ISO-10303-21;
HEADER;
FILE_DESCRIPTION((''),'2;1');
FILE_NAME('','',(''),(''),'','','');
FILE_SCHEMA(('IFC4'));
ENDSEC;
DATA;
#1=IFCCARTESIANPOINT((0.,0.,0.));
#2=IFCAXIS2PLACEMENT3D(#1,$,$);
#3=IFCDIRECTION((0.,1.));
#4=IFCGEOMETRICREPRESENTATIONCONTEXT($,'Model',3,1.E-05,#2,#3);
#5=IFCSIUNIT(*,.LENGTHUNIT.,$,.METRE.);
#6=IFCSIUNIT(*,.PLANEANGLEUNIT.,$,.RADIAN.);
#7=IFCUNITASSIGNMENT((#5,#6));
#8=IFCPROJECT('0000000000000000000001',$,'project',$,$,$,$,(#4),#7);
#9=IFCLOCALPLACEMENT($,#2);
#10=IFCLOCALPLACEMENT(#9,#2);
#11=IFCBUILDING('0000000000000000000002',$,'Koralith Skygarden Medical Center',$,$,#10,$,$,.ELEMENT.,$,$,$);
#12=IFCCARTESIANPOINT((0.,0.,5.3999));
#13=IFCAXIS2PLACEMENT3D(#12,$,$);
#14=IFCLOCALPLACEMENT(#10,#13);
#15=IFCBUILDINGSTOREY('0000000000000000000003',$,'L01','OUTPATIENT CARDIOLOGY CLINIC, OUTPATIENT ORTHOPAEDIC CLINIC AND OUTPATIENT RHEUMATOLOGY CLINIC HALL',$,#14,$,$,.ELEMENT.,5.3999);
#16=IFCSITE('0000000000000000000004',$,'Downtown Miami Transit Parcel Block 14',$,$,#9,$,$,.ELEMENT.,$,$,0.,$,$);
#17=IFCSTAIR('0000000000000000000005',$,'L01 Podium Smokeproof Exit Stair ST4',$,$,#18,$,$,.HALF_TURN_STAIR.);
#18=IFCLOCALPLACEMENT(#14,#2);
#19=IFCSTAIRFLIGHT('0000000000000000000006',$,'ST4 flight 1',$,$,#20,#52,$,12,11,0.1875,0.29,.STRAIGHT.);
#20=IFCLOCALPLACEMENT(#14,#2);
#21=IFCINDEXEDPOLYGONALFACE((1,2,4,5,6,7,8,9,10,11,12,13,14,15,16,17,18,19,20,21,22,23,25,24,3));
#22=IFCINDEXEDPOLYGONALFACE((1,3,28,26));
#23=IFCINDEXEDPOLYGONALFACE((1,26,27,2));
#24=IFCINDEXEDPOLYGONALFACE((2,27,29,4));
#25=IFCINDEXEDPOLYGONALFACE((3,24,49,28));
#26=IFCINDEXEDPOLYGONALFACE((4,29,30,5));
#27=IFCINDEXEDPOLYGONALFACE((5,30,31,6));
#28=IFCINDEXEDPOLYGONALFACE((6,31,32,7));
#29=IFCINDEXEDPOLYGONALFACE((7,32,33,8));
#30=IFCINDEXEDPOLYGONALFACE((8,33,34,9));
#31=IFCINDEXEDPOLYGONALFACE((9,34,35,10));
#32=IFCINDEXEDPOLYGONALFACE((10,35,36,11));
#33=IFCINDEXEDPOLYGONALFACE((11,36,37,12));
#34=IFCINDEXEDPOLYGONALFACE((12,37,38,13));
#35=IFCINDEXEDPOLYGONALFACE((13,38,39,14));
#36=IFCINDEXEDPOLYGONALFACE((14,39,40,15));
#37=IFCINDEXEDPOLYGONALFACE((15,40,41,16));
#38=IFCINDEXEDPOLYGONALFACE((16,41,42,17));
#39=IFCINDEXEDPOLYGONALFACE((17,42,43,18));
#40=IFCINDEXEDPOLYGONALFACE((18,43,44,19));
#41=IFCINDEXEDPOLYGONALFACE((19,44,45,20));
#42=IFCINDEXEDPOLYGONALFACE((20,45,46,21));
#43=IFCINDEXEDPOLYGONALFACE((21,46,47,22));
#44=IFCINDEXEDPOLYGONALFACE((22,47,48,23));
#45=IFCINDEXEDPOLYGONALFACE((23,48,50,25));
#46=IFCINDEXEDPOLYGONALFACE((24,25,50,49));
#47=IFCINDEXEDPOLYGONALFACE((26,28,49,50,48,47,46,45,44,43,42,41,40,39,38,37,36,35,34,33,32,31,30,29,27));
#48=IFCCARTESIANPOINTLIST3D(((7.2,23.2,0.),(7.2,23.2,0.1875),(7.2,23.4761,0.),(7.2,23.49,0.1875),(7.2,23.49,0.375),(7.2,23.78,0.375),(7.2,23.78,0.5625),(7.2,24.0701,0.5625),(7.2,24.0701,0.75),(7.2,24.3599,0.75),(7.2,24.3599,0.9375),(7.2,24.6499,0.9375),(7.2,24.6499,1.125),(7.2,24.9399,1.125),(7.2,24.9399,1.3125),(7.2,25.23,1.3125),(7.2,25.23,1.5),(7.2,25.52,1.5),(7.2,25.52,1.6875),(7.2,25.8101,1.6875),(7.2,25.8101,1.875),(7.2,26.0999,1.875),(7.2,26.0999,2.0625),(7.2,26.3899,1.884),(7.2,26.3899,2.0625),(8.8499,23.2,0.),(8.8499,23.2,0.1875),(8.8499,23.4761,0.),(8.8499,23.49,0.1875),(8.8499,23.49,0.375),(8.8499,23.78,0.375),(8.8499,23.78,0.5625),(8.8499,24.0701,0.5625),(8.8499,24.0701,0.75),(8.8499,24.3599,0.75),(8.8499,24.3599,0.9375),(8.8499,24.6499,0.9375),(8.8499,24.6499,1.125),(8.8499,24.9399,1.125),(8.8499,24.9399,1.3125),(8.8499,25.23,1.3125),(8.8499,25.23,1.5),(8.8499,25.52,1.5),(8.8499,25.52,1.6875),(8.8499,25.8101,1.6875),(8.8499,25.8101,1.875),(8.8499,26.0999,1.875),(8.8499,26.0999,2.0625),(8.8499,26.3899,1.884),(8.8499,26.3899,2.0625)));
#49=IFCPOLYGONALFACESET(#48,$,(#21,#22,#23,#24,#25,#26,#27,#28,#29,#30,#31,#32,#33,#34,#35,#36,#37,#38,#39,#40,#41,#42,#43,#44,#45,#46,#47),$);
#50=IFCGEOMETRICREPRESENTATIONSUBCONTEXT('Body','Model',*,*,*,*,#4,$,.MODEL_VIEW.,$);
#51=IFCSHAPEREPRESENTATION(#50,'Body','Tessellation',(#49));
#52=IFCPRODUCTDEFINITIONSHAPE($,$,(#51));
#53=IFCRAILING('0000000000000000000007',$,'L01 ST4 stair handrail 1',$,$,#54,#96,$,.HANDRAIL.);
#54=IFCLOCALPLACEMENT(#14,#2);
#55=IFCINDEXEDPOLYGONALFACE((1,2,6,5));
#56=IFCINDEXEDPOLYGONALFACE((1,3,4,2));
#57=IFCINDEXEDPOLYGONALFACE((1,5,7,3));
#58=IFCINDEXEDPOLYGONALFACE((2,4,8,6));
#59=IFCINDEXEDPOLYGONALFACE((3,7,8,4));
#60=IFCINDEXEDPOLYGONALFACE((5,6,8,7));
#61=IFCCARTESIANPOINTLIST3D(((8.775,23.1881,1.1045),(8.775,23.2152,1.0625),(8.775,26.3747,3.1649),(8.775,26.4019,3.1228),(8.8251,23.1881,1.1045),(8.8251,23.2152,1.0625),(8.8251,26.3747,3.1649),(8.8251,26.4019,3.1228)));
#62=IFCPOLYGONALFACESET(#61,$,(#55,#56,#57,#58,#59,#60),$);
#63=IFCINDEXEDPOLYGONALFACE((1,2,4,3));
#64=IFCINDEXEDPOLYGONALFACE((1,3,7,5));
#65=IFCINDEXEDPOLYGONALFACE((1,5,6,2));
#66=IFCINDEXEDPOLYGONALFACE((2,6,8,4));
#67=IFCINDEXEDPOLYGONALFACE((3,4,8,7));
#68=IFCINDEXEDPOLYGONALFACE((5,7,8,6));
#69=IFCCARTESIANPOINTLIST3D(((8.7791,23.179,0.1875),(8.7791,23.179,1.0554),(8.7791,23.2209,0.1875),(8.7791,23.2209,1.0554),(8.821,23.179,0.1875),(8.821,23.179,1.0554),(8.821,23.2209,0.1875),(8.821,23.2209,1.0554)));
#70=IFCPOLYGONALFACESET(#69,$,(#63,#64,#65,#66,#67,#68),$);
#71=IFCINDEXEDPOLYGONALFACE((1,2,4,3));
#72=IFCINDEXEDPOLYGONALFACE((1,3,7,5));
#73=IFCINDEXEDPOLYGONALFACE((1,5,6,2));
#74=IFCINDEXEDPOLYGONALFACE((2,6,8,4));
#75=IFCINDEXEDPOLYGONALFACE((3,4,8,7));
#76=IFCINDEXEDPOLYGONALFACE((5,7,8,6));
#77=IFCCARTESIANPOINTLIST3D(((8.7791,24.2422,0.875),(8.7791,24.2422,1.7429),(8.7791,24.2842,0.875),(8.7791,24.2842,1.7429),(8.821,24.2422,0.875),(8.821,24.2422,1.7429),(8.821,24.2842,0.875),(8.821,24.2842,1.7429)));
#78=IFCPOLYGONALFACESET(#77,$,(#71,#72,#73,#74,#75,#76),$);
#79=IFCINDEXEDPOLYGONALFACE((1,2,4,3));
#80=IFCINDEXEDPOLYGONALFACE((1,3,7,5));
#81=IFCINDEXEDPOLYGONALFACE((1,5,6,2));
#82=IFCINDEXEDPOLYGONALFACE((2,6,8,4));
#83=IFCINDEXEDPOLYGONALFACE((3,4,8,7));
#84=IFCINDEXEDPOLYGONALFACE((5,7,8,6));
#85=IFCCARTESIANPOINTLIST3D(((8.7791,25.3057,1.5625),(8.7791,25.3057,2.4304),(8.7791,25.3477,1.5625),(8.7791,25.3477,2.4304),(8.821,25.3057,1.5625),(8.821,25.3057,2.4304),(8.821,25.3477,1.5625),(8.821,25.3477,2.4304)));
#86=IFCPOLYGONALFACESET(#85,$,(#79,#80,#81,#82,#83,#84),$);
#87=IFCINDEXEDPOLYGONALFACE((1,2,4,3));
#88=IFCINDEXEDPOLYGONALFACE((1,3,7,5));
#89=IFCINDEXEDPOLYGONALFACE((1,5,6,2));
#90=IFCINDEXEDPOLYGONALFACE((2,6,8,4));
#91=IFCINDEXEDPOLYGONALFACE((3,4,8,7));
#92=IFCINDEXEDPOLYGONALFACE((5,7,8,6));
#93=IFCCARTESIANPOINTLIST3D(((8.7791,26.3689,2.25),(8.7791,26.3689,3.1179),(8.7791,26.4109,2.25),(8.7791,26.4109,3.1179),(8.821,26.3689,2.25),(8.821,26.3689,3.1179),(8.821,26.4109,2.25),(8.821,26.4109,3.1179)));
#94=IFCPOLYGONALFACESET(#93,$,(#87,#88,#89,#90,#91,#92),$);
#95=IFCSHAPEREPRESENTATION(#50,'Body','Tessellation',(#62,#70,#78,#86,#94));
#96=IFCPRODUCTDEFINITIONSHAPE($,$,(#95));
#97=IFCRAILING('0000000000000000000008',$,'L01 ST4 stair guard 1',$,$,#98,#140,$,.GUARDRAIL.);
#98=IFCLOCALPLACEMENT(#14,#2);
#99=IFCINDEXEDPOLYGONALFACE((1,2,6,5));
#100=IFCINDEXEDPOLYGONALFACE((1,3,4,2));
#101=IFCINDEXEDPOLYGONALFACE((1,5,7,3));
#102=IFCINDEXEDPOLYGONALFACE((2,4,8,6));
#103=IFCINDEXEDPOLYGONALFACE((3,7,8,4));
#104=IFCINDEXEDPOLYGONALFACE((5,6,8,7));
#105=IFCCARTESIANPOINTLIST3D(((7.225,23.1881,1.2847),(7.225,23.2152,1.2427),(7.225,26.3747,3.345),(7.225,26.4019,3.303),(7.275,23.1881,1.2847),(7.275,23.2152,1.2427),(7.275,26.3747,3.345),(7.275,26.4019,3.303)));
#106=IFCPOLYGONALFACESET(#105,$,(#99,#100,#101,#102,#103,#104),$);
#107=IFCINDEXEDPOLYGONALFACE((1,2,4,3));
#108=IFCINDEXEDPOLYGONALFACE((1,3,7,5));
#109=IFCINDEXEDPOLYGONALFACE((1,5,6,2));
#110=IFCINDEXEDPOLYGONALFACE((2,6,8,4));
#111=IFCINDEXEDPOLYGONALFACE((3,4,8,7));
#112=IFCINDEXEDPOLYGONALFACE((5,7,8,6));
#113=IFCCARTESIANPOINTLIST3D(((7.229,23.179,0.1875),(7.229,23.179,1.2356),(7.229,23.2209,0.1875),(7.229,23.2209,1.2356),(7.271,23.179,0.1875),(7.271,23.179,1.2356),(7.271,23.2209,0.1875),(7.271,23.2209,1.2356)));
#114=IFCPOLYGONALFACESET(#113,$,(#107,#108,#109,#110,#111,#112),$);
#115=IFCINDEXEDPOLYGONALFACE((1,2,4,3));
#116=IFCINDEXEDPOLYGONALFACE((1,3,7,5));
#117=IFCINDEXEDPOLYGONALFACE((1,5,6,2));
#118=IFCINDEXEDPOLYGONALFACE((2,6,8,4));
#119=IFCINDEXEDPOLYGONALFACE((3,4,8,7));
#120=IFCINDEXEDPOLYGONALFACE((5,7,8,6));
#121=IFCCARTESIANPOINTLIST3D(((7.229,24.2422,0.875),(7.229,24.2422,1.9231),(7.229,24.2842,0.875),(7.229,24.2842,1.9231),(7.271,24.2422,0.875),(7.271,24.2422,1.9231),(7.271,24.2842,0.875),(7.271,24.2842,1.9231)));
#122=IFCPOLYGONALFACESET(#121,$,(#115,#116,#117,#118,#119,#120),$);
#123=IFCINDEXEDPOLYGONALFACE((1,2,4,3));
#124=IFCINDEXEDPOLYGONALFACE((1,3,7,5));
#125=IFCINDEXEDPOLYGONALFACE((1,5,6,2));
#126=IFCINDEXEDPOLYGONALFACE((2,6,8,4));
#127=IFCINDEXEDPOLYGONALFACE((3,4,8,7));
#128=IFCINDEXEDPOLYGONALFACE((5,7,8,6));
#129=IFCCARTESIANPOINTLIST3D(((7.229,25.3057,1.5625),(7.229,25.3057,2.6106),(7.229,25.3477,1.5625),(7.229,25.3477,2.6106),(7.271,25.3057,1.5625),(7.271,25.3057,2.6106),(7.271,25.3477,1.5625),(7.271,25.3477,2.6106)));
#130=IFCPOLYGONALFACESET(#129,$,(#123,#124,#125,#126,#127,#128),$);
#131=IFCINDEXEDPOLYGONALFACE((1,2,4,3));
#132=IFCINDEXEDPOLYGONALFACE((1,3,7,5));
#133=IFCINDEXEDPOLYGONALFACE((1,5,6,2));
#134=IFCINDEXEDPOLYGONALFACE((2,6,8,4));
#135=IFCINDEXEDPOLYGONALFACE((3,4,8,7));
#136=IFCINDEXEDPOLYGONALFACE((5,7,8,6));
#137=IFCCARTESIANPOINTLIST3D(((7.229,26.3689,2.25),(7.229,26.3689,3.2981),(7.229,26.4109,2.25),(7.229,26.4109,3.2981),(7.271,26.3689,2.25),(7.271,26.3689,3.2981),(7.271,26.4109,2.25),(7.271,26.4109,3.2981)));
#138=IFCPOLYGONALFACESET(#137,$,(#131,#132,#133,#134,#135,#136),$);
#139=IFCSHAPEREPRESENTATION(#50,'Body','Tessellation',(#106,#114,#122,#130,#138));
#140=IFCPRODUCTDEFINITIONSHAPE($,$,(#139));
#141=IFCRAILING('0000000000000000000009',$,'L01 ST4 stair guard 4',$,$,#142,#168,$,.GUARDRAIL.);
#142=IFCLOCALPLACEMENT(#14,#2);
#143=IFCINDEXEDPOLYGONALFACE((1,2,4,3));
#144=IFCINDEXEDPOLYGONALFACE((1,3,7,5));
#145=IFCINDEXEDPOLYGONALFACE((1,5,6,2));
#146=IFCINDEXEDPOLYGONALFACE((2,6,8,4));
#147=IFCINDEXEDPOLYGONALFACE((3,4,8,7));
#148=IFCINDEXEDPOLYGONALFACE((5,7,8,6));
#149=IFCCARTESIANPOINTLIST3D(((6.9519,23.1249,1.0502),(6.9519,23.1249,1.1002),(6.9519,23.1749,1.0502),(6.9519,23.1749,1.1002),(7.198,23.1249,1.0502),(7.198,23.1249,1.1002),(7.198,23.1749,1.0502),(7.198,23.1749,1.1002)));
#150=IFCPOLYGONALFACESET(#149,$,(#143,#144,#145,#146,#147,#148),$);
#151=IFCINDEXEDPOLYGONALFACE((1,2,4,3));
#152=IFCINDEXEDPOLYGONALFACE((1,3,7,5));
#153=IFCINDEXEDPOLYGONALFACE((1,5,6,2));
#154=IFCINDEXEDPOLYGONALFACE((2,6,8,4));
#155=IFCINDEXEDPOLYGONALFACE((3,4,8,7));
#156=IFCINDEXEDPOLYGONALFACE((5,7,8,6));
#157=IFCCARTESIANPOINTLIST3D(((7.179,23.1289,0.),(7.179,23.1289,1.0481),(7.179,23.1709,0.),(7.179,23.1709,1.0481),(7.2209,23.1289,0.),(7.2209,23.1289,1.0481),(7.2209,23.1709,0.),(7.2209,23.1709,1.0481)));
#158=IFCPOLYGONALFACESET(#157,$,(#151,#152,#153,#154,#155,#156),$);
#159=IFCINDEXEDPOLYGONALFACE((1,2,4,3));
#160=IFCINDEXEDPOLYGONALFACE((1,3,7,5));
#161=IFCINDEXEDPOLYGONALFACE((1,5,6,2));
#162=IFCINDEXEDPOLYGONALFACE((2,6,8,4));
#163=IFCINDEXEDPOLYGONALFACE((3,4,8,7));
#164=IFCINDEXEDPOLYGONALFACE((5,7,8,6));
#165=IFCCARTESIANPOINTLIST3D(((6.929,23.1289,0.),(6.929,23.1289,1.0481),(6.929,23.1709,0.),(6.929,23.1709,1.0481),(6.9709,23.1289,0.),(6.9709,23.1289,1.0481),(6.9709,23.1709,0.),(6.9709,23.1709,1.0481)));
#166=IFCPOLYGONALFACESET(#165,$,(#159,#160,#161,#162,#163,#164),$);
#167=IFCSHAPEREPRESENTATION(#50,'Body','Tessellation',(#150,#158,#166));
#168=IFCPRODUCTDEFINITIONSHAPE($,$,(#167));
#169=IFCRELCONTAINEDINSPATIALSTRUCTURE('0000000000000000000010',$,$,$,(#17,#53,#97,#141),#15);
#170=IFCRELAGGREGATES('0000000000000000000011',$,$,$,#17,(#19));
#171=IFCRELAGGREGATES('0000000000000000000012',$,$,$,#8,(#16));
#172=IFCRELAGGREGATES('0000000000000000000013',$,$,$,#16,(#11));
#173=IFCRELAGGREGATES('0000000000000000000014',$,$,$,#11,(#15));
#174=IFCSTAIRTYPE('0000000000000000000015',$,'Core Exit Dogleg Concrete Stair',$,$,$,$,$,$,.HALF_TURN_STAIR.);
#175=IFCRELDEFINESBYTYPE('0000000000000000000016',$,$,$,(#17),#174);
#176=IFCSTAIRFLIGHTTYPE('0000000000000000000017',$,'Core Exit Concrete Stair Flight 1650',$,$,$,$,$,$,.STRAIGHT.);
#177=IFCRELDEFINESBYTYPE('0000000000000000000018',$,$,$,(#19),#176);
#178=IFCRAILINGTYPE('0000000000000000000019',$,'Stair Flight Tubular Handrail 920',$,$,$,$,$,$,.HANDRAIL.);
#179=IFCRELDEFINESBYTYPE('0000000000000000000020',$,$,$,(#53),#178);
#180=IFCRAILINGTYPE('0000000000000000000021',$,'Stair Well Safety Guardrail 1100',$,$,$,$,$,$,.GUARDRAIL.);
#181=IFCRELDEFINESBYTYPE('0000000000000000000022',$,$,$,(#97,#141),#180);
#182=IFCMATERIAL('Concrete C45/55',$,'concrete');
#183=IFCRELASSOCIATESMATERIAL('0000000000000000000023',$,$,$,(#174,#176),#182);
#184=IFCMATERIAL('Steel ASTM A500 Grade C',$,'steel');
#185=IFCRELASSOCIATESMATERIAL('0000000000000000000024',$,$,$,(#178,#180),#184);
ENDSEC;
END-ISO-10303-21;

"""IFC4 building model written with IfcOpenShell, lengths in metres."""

from ifc_helpers import new_model, si_unit, direction, frame, origin, origin_2d, place, context, subcontext, project, spatial, polyline, rectangle, outline, extrude, material, type_object, element, aggregate, save


model = new_model("IFC4")

# Units and contexts
model_context = context("Model", 3, precision=1e-05, world=origin(), true_north=direction((0.0, 1.0)))
body_context = subcontext(model_context, "Body", "Model", "MODEL_VIEW")
ifc_project = project(units=[si_unit("LENGTHUNIT", "METRE"), si_unit("PLANEANGLEUNIT", "RADIAN")], contexts=[model_context])

# Site, building, storey
site_placement = place(None, origin())
site = spatial("IfcSite", under=ifc_project, at=site_placement, Name="Downtown Miami Transit Parcel Block 14", CompositionType="ELEMENT", RefElevation=0.0)
building_placement = place(site_placement, origin())
building = spatial("IfcBuilding", under=site, at=building_placement, Name="Koralith Skygarden Medical Center", CompositionType="ELEMENT")
storey_placement = place(building_placement, frame((0.0, 0.0, 5.3999)))
storey = spatial("IfcBuildingStorey", under=building, at=storey_placement, Name="L01", Description="OUTPATIENT CARDIOLOGY CLINIC, OUTPATIENT ORTHOPAEDIC CLINIC AND OUTPATIENT RHEUMATOLOGY CLINIC HALL", CompositionType="ELEMENT", Elevation=5.3999)

# Shared definitions
ifc_material_1 = material(Name="Concrete C45/55", Category="concrete")

# Stair, stair flight
stair_type = type_object("IfcStairType", Name="Core Exit Dogleg Concrete Stair", PredefinedType="HALF_TURN_STAIR", material=ifc_material_1)
stair_placement = place(storey_placement, origin())
stair = element("IfcStair", 1, at=stair_placement, inside=storey, type_object=stair_type, Name="L01 Podium Smokeproof Exit Stair ST4", PredefinedType="HALF_TURN_STAIR")
stair_flight_type = type_object("IfcStairFlightType", Name="Core Exit Concrete Stair Flight 1650", PredefinedType="STRAIGHT", material=ifc_material_1)
stair_flight_placement = place(storey_placement, frame((8.0249, 23.2, 0.0), z_axis=(0.0, 0.0, 1.0), x_axis=(0.0, 1.0, 0.0)))
stair_flight = element("IfcStairFlight", 2, at=stair_flight_placement, type_object=stair_flight_type, Name="ST4 flight 1", NumberOfRisers=12, NumberOfTreads=11, PredefinedType="STRAIGHT", RiserHeight=0.1875, TreadLength=0.29, context=body_context, shape_type="SweptSolid", body=[
    extrude(outline(polyline([(0.0, 0.0), (0.0, 0.1875), (0.29, 0.1875), (0.29, 0.375), (0.5801, 0.375), (0.5801, 0.5625), (0.8701, 0.5625), (0.8701, 0.75), (1.1599, 0.75), (1.1599, 0.9375), (1.45, 0.9375), (1.45, 1.125), (1.74, 1.125), (1.74, 1.3125), (2.03, 1.3125), (2.03, 1.5), (2.3201, 1.5), (2.3201, 1.6875), (2.6101, 1.6875), (2.6101, 1.875), (2.8999, 1.875), (2.8999, 2.0625), (3.1899, 2.0625), (3.1899, 2.25), (3.1899, 1.884), (0.2761, 0.0), (0.0, 0.0)])), frame((0.0, 0.825, 0.0), z_axis=(0.0, -1.0, 0.0), x_axis=(1.0, 0.0, 0.0)), (0.0, 0.0, 1.0), 1.6499),
])
aggregate(stair, [stair_flight])

# Railings
ifc_material_2 = material(Name="Steel ASTM A500 Grade C", Category="steel")
railing_type_1 = type_object("IfcRailingType", Name="Stair Flight Tubular Handrail 920", PredefinedType="HANDRAIL", material=ifc_material_2)
railing_1_placement = place(storey_placement, frame((8.8, 23.2, 0.1875)))
element("IfcRailing", 3, at=railing_1_placement, inside=storey, type_object=railing_type_1, Name="L01 ST4 stair handrail 1", PredefinedType="HANDRAIL", context=body_context, shape_type="SweptSolid", body=[
    extrude(rectangle(XDim=0.05, YDim=0.05, at=origin_2d()), frame((0.0, 0.0017, 0.896), z_axis=(0.0, 0.83976, 0.542958), x_axis=(-1.0, 0.0, 0.0)), (0.0, 0.0, 1.0), 3.7947),
    extrude(rectangle(XDim=0.042, YDim=0.042, at=origin_2d()), origin(), (0.0, 0.0, 1.0), 0.8679),
    extrude(rectangle(XDim=0.042, YDim=0.042, at=origin_2d()), frame((0.0, 1.0632, 0.6875)), (0.0, 0.0, 1.0), 0.8679),
    extrude(rectangle(XDim=0.042, YDim=0.042, at=origin_2d()), frame((0.0, 2.1267, 1.375)), (0.0, 0.0, 1.0), 0.8679),
    extrude(rectangle(XDim=0.042, YDim=0.042, at=origin_2d()), frame((0.0, 3.1899, 2.0625)), (0.0, 0.0, 1.0), 0.8679),
])
railing_type_2 = type_object("IfcRailingType", Name="Stair Well Safety Guardrail 1100", PredefinedType="GUARDRAIL", material=ifc_material_2)
railing_2_placement = place(storey_placement, frame((7.25, 23.2, 0.1875)))
element("IfcRailing", 4, at=railing_2_placement, inside=storey, type_object=railing_type_2, Name="L01 ST4 stair guard 1", PredefinedType="GUARDRAIL", context=body_context, shape_type="SweptSolid", body=[
    extrude(rectangle(XDim=0.05, YDim=0.05, at=origin_2d()), frame((0.0, 0.0017, 1.0762), z_axis=(0.0, 0.83976, 0.542958), x_axis=(-1.0, 0.0, 0.0)), (0.0, 0.0, 1.0), 3.7947),
    extrude(rectangle(XDim=0.042, YDim=0.042, at=origin_2d()), origin(), (0.0, 0.0, 1.0), 1.0481),
    extrude(rectangle(XDim=0.042, YDim=0.042, at=origin_2d()), frame((0.0, 1.0632, 0.6875)), (0.0, 0.0, 1.0), 1.0481),
    extrude(rectangle(XDim=0.042, YDim=0.042, at=origin_2d()), frame((0.0, 2.1267, 1.375)), (0.0, 0.0, 1.0), 1.0481),
    extrude(rectangle(XDim=0.042, YDim=0.042, at=origin_2d()), frame((0.0, 3.1899, 2.0625)), (0.0, 0.0, 1.0), 1.0481),
])
railing_3_placement = place(storey_placement, frame((7.2, 23.1499, 0.0)))
element("IfcRailing", 5, at=railing_3_placement, inside=storey, type_object=railing_type_2, Name="L01 ST4 stair guard 4", PredefinedType="GUARDRAIL", context=body_context, shape_type="SweptSolid", body=[
    extrude(rectangle(XDim=0.05, YDim=0.05, at=origin_2d()), frame((-0.002, 0.0, 1.0752), z_axis=(-1.0, 0.0, 0.0), x_axis=(0.0, -1.0, 0.0)), (0.0, 0.0, 1.0), 0.2461),
    extrude(rectangle(XDim=0.042, YDim=0.042, at=origin_2d()), origin(), (0.0, 0.0, 1.0), 1.0481),
    extrude(rectangle(XDim=0.042, YDim=0.042, at=origin_2d()), frame((-0.25, 0.0, 0.0)), (0.0, 0.0, 1.0), 1.0481),
])

save(model, "model.ifc")
